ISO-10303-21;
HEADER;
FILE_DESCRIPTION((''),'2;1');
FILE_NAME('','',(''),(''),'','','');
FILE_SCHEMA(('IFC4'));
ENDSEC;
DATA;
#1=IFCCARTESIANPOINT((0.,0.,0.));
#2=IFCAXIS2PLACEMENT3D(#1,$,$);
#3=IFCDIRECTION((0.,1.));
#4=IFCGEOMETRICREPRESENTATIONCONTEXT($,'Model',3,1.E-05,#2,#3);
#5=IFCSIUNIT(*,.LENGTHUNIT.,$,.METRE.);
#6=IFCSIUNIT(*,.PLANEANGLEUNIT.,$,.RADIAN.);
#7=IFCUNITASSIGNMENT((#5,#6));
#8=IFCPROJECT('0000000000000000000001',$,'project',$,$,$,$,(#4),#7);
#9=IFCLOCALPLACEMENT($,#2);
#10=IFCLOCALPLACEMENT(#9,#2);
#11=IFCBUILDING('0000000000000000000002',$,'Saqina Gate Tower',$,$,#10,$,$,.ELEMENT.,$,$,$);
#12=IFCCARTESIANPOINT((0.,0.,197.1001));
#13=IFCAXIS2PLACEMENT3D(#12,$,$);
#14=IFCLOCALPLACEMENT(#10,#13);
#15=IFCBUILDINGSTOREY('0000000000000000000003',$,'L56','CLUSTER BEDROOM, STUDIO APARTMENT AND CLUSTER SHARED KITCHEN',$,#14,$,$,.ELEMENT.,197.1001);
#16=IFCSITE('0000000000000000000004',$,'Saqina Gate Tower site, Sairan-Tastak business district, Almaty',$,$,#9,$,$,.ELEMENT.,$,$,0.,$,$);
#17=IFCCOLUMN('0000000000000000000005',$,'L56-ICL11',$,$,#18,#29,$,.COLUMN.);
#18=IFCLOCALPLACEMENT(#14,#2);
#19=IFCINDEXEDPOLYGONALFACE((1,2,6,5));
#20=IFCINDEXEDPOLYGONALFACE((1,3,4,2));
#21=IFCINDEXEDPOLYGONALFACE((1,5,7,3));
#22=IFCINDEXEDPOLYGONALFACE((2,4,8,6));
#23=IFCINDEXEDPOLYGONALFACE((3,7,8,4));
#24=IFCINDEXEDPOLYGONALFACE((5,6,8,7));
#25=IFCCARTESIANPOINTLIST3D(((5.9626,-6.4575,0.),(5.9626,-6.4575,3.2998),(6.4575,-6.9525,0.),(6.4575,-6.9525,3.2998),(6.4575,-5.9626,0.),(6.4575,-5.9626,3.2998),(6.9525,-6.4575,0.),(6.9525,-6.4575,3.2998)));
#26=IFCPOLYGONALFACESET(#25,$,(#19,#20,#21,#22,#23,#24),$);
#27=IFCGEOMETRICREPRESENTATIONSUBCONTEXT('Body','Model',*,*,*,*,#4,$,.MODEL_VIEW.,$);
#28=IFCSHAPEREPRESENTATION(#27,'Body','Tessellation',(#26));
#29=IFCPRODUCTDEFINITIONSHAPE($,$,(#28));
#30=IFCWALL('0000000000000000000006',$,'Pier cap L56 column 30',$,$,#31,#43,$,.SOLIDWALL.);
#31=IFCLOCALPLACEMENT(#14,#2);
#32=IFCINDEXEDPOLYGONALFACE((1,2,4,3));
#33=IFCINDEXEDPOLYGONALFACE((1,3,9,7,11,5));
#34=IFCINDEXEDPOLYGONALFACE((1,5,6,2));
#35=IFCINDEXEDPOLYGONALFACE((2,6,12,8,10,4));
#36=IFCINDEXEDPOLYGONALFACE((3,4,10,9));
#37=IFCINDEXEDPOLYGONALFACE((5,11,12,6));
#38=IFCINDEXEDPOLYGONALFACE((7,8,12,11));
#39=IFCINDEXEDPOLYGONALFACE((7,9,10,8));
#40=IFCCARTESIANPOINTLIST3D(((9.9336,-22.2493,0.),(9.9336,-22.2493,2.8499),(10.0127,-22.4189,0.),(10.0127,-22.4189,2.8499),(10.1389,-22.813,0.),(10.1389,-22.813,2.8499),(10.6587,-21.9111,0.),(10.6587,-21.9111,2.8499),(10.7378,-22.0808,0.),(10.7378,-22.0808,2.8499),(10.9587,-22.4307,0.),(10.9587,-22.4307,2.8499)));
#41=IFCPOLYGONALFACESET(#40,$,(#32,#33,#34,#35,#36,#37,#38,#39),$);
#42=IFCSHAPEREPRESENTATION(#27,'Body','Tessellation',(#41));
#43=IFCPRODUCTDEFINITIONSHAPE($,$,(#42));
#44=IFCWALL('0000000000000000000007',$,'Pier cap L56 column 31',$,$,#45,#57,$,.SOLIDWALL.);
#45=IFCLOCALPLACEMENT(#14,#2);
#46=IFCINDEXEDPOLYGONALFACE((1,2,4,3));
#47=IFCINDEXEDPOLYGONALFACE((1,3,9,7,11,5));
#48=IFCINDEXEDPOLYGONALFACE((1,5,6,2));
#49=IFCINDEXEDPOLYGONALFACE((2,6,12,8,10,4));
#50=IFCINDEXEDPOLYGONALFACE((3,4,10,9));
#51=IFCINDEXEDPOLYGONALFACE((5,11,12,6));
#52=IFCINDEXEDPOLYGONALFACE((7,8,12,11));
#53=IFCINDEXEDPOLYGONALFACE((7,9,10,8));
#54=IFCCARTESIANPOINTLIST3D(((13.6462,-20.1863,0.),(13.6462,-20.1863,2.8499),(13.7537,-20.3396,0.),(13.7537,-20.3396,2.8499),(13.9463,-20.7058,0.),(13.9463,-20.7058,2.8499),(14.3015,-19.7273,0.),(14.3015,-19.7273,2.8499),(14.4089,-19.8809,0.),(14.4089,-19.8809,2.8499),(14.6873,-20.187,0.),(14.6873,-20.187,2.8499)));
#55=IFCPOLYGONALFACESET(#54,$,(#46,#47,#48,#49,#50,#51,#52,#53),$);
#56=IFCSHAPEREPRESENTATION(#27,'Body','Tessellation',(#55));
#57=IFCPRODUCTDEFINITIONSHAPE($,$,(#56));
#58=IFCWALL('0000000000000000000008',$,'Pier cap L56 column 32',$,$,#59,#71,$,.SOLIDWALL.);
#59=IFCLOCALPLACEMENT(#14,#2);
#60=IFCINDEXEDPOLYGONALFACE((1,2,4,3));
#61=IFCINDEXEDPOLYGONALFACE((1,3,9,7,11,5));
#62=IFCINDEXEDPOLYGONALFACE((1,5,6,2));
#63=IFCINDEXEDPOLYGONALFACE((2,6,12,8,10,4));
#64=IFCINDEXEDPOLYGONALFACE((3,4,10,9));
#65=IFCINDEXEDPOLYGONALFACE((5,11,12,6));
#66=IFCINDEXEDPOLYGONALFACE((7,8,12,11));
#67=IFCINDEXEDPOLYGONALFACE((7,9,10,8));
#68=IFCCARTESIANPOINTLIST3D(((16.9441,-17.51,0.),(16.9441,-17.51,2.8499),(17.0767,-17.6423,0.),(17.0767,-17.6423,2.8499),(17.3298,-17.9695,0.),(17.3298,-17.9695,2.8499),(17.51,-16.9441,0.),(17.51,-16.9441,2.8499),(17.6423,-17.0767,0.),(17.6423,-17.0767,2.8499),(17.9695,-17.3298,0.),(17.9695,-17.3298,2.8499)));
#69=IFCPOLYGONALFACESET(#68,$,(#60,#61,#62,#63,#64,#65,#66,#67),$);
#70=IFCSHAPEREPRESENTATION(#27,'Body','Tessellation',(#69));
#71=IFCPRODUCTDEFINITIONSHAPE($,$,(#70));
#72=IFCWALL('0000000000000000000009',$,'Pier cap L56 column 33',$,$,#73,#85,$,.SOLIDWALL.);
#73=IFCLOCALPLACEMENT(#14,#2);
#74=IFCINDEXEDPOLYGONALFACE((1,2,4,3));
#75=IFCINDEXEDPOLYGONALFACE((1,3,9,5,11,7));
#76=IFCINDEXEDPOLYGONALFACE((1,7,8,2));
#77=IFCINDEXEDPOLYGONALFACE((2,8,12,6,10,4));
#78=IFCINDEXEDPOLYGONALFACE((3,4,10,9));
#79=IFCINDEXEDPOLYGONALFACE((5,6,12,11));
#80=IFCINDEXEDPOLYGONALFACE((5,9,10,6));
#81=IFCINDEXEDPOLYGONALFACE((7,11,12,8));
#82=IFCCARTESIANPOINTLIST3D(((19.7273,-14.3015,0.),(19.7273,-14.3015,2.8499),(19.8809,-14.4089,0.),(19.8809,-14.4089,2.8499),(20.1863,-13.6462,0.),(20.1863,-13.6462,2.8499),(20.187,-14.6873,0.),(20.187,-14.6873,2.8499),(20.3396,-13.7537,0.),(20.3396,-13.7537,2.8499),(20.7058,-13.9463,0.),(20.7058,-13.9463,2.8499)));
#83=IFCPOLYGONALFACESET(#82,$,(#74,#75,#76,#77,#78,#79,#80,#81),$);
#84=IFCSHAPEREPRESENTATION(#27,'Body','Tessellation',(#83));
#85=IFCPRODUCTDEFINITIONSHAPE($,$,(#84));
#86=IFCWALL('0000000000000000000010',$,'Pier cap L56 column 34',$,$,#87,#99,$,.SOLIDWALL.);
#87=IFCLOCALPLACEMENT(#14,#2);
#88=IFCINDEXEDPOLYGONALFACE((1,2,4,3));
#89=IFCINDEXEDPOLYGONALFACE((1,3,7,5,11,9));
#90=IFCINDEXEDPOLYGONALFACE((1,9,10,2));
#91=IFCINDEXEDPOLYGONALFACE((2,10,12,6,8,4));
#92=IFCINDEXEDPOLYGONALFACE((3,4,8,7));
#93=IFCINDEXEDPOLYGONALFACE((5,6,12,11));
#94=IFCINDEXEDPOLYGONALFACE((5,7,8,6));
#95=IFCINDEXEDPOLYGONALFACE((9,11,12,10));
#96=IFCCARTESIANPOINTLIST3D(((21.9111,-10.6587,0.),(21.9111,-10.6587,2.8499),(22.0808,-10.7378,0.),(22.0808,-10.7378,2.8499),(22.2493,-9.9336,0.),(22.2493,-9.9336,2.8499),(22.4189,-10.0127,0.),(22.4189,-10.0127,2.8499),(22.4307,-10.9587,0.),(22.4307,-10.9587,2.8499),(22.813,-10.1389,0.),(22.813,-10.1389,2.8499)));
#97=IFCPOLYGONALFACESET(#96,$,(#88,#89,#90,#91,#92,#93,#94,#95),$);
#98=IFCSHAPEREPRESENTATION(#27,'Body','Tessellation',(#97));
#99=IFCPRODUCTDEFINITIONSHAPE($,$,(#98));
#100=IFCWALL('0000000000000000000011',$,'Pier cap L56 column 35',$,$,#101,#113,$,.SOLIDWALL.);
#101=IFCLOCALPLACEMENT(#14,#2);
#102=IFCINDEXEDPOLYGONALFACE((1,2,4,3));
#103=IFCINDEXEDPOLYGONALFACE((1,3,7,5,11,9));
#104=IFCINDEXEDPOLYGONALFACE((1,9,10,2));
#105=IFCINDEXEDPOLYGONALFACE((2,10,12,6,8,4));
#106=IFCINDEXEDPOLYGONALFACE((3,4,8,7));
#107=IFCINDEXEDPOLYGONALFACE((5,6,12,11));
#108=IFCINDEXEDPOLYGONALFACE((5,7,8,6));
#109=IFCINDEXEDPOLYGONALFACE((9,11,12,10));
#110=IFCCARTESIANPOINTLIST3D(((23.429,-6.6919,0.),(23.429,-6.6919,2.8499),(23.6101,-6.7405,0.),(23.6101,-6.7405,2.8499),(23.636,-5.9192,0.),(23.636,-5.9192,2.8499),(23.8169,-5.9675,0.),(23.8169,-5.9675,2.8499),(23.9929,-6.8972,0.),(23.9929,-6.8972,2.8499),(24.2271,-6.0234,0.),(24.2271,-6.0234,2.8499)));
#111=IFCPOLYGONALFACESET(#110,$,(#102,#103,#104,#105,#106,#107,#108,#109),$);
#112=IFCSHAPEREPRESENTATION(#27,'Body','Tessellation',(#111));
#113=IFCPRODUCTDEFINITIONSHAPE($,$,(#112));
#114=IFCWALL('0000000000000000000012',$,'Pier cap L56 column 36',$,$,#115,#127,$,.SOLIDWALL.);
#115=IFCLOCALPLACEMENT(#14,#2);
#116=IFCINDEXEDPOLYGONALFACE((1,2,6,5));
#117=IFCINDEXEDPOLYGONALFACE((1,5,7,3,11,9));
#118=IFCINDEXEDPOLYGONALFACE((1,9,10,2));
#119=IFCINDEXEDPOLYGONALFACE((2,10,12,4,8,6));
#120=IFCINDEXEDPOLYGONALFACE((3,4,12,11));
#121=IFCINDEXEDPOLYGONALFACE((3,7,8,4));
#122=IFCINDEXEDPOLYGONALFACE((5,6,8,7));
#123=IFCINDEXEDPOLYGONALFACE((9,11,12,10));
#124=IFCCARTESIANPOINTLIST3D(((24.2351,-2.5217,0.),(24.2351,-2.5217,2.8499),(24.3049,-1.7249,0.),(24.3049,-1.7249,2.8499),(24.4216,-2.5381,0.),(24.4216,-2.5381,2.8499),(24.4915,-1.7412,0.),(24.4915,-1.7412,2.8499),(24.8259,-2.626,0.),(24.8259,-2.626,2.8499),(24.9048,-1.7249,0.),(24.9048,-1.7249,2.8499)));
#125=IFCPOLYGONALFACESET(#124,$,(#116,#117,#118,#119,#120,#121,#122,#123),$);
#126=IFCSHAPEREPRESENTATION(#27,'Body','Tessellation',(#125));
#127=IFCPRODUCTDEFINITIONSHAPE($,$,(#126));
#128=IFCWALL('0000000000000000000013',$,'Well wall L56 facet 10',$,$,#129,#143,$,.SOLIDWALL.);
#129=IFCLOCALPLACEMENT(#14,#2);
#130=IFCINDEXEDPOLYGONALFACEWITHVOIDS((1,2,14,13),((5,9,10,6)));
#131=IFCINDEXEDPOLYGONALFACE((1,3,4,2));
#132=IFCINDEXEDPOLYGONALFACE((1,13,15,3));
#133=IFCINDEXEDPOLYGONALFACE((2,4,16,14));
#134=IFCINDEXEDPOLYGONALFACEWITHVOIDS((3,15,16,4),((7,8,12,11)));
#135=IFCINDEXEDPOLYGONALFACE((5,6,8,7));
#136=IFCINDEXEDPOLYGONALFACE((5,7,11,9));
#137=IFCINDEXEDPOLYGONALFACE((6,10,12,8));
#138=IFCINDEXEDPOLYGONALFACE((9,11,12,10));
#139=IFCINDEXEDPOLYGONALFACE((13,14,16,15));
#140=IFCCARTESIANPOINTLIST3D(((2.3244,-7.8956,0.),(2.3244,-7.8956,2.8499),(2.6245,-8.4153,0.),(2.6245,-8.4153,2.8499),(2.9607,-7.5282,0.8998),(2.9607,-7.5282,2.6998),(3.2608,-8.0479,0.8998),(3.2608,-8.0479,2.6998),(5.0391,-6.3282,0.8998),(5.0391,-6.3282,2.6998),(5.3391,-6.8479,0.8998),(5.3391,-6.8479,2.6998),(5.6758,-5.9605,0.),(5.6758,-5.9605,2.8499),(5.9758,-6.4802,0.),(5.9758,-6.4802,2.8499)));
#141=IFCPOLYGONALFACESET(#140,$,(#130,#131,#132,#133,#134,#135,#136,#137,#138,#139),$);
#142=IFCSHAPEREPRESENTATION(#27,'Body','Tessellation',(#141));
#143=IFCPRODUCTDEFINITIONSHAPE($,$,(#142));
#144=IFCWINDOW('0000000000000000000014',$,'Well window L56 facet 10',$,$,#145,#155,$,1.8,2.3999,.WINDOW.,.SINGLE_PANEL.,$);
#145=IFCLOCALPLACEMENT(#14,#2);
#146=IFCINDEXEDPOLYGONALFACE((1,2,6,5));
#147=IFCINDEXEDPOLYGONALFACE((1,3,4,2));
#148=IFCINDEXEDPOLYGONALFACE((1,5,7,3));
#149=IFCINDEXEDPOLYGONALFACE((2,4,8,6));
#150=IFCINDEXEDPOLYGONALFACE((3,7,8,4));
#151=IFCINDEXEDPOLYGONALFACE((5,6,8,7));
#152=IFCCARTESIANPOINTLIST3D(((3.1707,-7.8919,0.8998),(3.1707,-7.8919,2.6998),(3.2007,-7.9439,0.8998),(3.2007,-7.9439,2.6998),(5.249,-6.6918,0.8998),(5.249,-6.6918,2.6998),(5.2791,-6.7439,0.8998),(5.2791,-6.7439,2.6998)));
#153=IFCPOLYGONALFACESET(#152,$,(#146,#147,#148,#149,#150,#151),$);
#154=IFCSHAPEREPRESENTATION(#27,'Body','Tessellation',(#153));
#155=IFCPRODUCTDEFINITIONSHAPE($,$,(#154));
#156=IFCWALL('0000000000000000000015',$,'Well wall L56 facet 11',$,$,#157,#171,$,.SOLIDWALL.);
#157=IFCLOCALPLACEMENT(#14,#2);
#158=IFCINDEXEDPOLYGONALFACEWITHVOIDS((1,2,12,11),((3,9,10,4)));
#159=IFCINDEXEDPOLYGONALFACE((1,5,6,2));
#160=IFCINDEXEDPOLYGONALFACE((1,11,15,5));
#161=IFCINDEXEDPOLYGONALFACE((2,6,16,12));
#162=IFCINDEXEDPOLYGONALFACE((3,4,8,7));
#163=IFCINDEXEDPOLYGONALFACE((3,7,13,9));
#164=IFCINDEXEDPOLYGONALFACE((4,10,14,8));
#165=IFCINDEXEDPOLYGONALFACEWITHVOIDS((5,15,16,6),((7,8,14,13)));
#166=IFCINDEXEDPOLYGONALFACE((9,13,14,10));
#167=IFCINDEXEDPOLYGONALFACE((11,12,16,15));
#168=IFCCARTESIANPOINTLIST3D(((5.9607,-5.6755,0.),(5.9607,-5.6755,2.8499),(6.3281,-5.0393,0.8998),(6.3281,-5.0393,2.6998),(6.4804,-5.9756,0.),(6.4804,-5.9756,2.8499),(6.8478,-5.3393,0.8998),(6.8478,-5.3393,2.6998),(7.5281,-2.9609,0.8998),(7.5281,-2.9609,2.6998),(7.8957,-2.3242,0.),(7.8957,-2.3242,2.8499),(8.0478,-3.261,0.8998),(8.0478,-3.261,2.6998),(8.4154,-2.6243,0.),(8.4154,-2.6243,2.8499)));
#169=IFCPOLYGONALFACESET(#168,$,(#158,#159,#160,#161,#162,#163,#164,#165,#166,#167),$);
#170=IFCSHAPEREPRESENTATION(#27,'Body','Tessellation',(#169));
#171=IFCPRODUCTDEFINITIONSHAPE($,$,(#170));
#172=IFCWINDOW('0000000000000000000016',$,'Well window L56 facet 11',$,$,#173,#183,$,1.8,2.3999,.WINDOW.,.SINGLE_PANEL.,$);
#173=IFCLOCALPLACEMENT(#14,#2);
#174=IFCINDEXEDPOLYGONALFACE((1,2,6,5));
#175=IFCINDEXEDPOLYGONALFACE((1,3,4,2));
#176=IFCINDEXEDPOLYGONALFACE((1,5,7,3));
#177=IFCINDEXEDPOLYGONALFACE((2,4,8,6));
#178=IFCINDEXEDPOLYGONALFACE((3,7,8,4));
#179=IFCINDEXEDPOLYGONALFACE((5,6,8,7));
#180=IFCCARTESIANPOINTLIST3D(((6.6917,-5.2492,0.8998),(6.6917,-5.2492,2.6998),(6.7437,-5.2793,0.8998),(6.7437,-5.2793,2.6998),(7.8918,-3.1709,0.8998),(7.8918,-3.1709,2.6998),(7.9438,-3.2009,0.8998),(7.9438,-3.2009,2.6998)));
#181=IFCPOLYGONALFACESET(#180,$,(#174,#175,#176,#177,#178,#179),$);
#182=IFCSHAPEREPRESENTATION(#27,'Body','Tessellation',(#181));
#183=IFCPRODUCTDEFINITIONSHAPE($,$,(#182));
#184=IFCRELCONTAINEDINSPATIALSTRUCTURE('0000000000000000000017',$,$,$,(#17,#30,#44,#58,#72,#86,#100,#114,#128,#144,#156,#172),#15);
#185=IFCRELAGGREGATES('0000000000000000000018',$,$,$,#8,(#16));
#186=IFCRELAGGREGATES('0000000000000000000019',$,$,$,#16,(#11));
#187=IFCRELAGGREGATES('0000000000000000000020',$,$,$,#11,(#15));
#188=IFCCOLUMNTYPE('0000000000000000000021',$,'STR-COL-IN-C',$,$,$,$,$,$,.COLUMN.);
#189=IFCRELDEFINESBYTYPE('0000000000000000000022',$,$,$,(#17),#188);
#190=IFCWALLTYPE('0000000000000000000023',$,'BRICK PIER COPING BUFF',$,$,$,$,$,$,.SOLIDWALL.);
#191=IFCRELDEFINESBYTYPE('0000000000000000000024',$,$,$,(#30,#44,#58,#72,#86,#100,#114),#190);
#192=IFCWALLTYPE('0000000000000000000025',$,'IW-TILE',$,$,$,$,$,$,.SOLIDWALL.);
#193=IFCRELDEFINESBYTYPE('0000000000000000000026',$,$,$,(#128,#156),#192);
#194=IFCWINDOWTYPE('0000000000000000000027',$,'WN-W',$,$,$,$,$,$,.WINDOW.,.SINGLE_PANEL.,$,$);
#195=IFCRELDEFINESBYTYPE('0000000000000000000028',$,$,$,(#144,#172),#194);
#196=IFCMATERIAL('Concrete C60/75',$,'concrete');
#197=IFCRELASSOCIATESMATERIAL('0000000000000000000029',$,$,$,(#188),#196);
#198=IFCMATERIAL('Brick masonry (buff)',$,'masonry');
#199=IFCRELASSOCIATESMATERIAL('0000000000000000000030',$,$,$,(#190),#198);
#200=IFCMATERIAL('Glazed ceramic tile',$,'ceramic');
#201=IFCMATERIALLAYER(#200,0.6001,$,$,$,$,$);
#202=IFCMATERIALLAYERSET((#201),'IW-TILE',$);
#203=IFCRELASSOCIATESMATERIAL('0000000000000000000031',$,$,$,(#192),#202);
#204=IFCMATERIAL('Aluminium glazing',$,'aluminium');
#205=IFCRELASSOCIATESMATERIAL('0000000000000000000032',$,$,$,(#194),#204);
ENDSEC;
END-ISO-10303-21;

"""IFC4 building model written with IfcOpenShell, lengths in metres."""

from ifc_helpers import new_model, si_unit, direction, frame, frame_2d, origin, origin_2d, place, context, subcontext, project, spatial, polyline, rectangle, outline, extrude, material, layer, layer_set, material_profile, profile_set, type_object, element, fill, save


model = new_model("IFC4")

# Units and contexts
model_context = context("Model", 3, precision=1e-05, world=origin(), true_north=direction((0.0, 1.0)))
body_context = subcontext(model_context, "Body", "Model", "MODEL_VIEW")
ifc_project = project(units=[si_unit("LENGTHUNIT", "METRE"), si_unit("PLANEANGLEUNIT", "RADIAN")], contexts=[model_context])

# Site, building, storey
site_placement = place(None, origin())
site = spatial("IfcSite", under=ifc_project, at=site_placement, Name="Saqina Gate Tower site, Sairan-Tastak business district, Almaty", CompositionType="ELEMENT", RefElevation=0.0)
building_placement = place(site_placement, origin())
building = spatial("IfcBuilding", under=site, at=building_placement, Name="Saqina Gate Tower", CompositionType="ELEMENT")
storey_placement = place(building_placement, frame((0.0, 0.0, 197.1001)))
storey = spatial("IfcBuildingStorey", under=building, at=storey_placement, Name="L56", Description="CLUSTER BEDROOM, STUDIO APARTMENT AND CLUSTER SHARED KITCHEN", CompositionType="ELEMENT", Elevation=197.1001)

# Column
ifc_material_1 = material(Name="Concrete C60/75", Category="concrete")
ifc_material_profile = material_profile(ifc_material_1, rectangle(XDim=0.7, YDim=0.7, at=origin_2d()), Name="RC 700x700")
ifc_profile_set = profile_set([ifc_material_profile], Name="Concrete C60/75")
column_type = type_object("IfcColumnType", Name="STR-COL-IN-C", PredefinedType="COLUMN", material=ifc_profile_set)
column_placement = place(storey_placement, frame((6.4575, -6.4575, 0.0), z_axis=(0.0, 0.0, 1.0), x_axis=(0.707107, -0.707107, 0.0)))
element("IfcColumn", 1, at=column_placement, inside=storey, type_object=column_type, Name="L56-ICL11", PredefinedType="COLUMN", context=body_context, shape_type="SweptSolid", body=[
    extrude(rectangle(XDim=0.7, YDim=0.7, at=origin_2d()), origin(), (0.0, 0.0, 1.0), 3.2998),
])

# Walls
ifc_material_2 = material(Name="Brick masonry (buff)", Category="masonry")
wall_type_1 = type_object("IfcWallType", Name="BRICK PIER COPING BUFF", PredefinedType="SOLIDWALL", material=ifc_material_2)
wall_1_placement = place(storey_placement, origin())
element("IfcWall", 2, at=wall_1_placement, inside=storey, type_object=wall_type_1, Name="Pier cap L56 column 30", PredefinedType="SOLIDWALL", context=body_context, shape_type="SweptSolid", body=[
    extrude(outline(polyline([(10.9587, -22.4307), (10.6587, -21.9111), (10.7378, -22.0808), (10.0127, -22.4189), (9.9336, -22.2493), (10.1389, -22.813), (10.9587, -22.4307)])), origin(), (0.0, 0.0, 1.0), 2.8499),
])
wall_2_placement = place(storey_placement, origin())
element("IfcWall", 3, at=wall_2_placement, inside=storey, type_object=wall_type_1, Name="Pier cap L56 column 31", PredefinedType="SOLIDWALL", context=body_context, shape_type="SweptSolid", body=[
    extrude(outline(polyline([(13.9463, -20.7058), (14.6873, -20.187), (14.3015, -19.7273), (14.4089, -19.8809), (13.7537, -20.3396), (13.6462, -20.1863), (13.9463, -20.7058)])), origin(), (0.0, 0.0, 1.0), 2.8499),
])
wall_3_placement = place(storey_placement, origin())
element("IfcWall", 4, at=wall_3_placement, inside=storey, type_object=wall_type_1, Name="Pier cap L56 column 32", PredefinedType="SOLIDWALL", context=body_context, shape_type="SweptSolid", body=[
    extrude(outline(polyline([(17.9695, -17.3298), (17.51, -16.9441), (17.6423, -17.0767), (17.0767, -17.6423), (16.9441, -17.51), (17.3298, -17.9695), (17.9695, -17.3298)])), origin(), (0.0, 0.0, 1.0), 2.8499),
])
wall_4_placement = place(storey_placement, origin())
element("IfcWall", 5, at=wall_4_placement, inside=storey, type_object=wall_type_1, Name="Pier cap L56 column 33", PredefinedType="SOLIDWALL", context=body_context, shape_type="SweptSolid", body=[
    extrude(outline(polyline([(20.187, -14.6873), (20.7058, -13.9463), (20.1863, -13.6462), (20.3396, -13.7537), (19.8809, -14.4089), (19.7273, -14.3015), (20.187, -14.6873)])), origin(), (0.0, 0.0, 1.0), 2.8499),
])
wall_5_placement = place(storey_placement, origin())
element("IfcWall", 6, at=wall_5_placement, inside=storey, type_object=wall_type_1, Name="Pier cap L56 column 34", PredefinedType="SOLIDWALL", context=body_context, shape_type="SweptSolid", body=[
    extrude(outline(polyline([(22.813, -10.1389), (22.2493, -9.9336), (22.4189, -10.0127), (22.0808, -10.7378), (21.9111, -10.6587), (22.4307, -10.9587), (22.813, -10.1389)])), origin(), (0.0, 0.0, 1.0), 2.8499),
])
wall_6_placement = place(storey_placement, origin())
element("IfcWall", 7, at=wall_6_placement, inside=storey, type_object=wall_type_1, Name="Pier cap L56 column 35", PredefinedType="SOLIDWALL", context=body_context, shape_type="SweptSolid", body=[
    extrude(outline(polyline([(24.2271, -6.0234), (23.636, -5.9192), (23.8169, -5.9675), (23.6101, -6.7405), (23.429, -6.6919), (23.9929, -6.8972), (24.2271, -6.0234)])), origin(), (0.0, 0.0, 1.0), 2.8499),
])
wall_7_placement = place(storey_placement, origin())
element("IfcWall", 8, at=wall_7_placement, inside=storey, type_object=wall_type_1, Name="Pier cap L56 column 36", PredefinedType="SOLIDWALL", context=body_context, shape_type="SweptSolid", body=[
    extrude(outline(polyline([(24.8259, -2.626), (24.9048, -1.7249), (24.3049, -1.7249), (24.4915, -1.7412), (24.4216, -2.5381), (24.2351, -2.5217), (24.8259, -2.626)])), origin(), (0.0, 0.0, 1.0), 2.8499),
])

# Walls, openings, windows
ifc_material_3 = material(Name="Glazed ceramic tile", Category="ceramic")
ifc_layer_1 = layer(ifc_material_3, 0.6001)
ifc_layer_set_1 = layer_set([ifc_layer_1], Name="IW-TILE")
wall_type_2 = type_object("IfcWallType", Name="IW-TILE", PredefinedType="SOLIDWALL", material=ifc_layer_set_1)
wall_8_placement = place(storey_placement, frame((2.4744, -8.1555, 0.0), z_axis=(0.0, 0.0, 1.0), x_axis=(0.866006, 0.500034, 0.0)))
wall_8 = element("IfcWall", 9, at=wall_8_placement, inside=storey, type_object=wall_type_2, Name="Well wall L56 facet 10", PredefinedType="SOLIDWALL", context=body_context, shape_type="SweptSolid", body=[
    extrude(rectangle(XDim=3.8699, YDim=0.6001, at=frame_2d((1.9351, 0.0))), origin(), (0.0, 0.0, 1.0), 2.8499),
])
opening_1_placement = place(wall_8_placement, frame((0.7349, 0.0, 0.8999)))
opening_1 = element("IfcOpeningElement", 10, at=opening_1_placement, cuts=wall_8, PredefinedType="OPENING", context=body_context, shape_type="SweptSolid", body=[
    extrude(rectangle(XDim=2.3999, YDim=1.8, at=frame_2d((1.2, 0.8999))), frame((0.0, 0.312, 0.0), z_axis=(0.0, -1.0, 0.0), x_axis=(1.0, 0.0, 0.0)), (0.0, 0.0, 1.0), 0.624),
])
ifc_material_4 = material(Name="Aluminium glazing", Category="aluminium")
window_type = type_object("IfcWindowType", Name="WN-W", PartitioningType="SINGLE_PANEL", PredefinedType="WINDOW", material=ifc_material_4)
window_1_placement = place(opening_1_placement, origin())
window_1 = element("IfcWindow", 11, at=window_1_placement, inside=storey, type_object=window_type, Name="Well window L56 facet 10", OverallHeight=1.8, OverallWidth=2.3999, PartitioningType="SINGLE_PANEL", PredefinedType="WINDOW", context=body_context, shape_type="SweptSolid", body=[
    extrude(rectangle(XDim=2.3999, YDim=1.8, at=frame_2d((1.2, 0.8999))), frame((0.0, -0.1199, 0.0), z_axis=(0.0, -1.0, 0.0), x_axis=(1.0, 0.0, 0.0)), (0.0, 0.0, 1.0), 0.0601),
])
fill(opening_1, window_1)
wall_9_placement = place(storey_placement, frame((6.2205, -5.8257, 0.0), z_axis=(0.0, 0.0, 1.0), x_axis=(0.500034, 0.866006, 0.0)))
wall_9 = element("IfcWall", 12, at=wall_9_placement, inside=storey, type_object=wall_type_2, Name="Well wall L56 facet 11", PredefinedType="SOLIDWALL", context=body_context, shape_type="SweptSolid", body=[
    extrude(rectangle(XDim=3.8699, YDim=0.6001, at=frame_2d((1.9351, 0.0))), origin(), (0.0, 0.0, 1.0), 2.8499),
])
opening_2_placement = place(wall_9_placement, frame((0.7349, 0.0, 0.8999)))
opening_2 = element("IfcOpeningElement", 13, at=opening_2_placement, cuts=wall_9, PredefinedType="OPENING", context=body_context, shape_type="SweptSolid", body=[
    extrude(rectangle(XDim=2.3999, YDim=1.8, at=frame_2d((1.2, 0.8999))), frame((0.0, 0.312, 0.0), z_axis=(0.0, -1.0, 0.0), x_axis=(1.0, 0.0, 0.0)), (0.0, 0.0, 1.0), 0.624),
])
window_2_placement = place(opening_2_placement, origin())
window_2 = element("IfcWindow", 14, at=window_2_placement, inside=storey, type_object=window_type, Name="Well window L56 facet 11", OverallHeight=1.8, OverallWidth=2.3999, PartitioningType="SINGLE_PANEL", PredefinedType="WINDOW", context=body_context, shape_type="SweptSolid", body=[
    extrude(rectangle(XDim=2.3999, YDim=1.8, at=frame_2d((1.2, 0.8999))), frame((0.0, -0.1199, 0.0), z_axis=(0.0, -1.0, 0.0), x_axis=(1.0, 0.0, 0.0)), (0.0, 0.0, 1.0), 0.0601),
])
fill(opening_2, window_2)

save(model, "model.ifc")
